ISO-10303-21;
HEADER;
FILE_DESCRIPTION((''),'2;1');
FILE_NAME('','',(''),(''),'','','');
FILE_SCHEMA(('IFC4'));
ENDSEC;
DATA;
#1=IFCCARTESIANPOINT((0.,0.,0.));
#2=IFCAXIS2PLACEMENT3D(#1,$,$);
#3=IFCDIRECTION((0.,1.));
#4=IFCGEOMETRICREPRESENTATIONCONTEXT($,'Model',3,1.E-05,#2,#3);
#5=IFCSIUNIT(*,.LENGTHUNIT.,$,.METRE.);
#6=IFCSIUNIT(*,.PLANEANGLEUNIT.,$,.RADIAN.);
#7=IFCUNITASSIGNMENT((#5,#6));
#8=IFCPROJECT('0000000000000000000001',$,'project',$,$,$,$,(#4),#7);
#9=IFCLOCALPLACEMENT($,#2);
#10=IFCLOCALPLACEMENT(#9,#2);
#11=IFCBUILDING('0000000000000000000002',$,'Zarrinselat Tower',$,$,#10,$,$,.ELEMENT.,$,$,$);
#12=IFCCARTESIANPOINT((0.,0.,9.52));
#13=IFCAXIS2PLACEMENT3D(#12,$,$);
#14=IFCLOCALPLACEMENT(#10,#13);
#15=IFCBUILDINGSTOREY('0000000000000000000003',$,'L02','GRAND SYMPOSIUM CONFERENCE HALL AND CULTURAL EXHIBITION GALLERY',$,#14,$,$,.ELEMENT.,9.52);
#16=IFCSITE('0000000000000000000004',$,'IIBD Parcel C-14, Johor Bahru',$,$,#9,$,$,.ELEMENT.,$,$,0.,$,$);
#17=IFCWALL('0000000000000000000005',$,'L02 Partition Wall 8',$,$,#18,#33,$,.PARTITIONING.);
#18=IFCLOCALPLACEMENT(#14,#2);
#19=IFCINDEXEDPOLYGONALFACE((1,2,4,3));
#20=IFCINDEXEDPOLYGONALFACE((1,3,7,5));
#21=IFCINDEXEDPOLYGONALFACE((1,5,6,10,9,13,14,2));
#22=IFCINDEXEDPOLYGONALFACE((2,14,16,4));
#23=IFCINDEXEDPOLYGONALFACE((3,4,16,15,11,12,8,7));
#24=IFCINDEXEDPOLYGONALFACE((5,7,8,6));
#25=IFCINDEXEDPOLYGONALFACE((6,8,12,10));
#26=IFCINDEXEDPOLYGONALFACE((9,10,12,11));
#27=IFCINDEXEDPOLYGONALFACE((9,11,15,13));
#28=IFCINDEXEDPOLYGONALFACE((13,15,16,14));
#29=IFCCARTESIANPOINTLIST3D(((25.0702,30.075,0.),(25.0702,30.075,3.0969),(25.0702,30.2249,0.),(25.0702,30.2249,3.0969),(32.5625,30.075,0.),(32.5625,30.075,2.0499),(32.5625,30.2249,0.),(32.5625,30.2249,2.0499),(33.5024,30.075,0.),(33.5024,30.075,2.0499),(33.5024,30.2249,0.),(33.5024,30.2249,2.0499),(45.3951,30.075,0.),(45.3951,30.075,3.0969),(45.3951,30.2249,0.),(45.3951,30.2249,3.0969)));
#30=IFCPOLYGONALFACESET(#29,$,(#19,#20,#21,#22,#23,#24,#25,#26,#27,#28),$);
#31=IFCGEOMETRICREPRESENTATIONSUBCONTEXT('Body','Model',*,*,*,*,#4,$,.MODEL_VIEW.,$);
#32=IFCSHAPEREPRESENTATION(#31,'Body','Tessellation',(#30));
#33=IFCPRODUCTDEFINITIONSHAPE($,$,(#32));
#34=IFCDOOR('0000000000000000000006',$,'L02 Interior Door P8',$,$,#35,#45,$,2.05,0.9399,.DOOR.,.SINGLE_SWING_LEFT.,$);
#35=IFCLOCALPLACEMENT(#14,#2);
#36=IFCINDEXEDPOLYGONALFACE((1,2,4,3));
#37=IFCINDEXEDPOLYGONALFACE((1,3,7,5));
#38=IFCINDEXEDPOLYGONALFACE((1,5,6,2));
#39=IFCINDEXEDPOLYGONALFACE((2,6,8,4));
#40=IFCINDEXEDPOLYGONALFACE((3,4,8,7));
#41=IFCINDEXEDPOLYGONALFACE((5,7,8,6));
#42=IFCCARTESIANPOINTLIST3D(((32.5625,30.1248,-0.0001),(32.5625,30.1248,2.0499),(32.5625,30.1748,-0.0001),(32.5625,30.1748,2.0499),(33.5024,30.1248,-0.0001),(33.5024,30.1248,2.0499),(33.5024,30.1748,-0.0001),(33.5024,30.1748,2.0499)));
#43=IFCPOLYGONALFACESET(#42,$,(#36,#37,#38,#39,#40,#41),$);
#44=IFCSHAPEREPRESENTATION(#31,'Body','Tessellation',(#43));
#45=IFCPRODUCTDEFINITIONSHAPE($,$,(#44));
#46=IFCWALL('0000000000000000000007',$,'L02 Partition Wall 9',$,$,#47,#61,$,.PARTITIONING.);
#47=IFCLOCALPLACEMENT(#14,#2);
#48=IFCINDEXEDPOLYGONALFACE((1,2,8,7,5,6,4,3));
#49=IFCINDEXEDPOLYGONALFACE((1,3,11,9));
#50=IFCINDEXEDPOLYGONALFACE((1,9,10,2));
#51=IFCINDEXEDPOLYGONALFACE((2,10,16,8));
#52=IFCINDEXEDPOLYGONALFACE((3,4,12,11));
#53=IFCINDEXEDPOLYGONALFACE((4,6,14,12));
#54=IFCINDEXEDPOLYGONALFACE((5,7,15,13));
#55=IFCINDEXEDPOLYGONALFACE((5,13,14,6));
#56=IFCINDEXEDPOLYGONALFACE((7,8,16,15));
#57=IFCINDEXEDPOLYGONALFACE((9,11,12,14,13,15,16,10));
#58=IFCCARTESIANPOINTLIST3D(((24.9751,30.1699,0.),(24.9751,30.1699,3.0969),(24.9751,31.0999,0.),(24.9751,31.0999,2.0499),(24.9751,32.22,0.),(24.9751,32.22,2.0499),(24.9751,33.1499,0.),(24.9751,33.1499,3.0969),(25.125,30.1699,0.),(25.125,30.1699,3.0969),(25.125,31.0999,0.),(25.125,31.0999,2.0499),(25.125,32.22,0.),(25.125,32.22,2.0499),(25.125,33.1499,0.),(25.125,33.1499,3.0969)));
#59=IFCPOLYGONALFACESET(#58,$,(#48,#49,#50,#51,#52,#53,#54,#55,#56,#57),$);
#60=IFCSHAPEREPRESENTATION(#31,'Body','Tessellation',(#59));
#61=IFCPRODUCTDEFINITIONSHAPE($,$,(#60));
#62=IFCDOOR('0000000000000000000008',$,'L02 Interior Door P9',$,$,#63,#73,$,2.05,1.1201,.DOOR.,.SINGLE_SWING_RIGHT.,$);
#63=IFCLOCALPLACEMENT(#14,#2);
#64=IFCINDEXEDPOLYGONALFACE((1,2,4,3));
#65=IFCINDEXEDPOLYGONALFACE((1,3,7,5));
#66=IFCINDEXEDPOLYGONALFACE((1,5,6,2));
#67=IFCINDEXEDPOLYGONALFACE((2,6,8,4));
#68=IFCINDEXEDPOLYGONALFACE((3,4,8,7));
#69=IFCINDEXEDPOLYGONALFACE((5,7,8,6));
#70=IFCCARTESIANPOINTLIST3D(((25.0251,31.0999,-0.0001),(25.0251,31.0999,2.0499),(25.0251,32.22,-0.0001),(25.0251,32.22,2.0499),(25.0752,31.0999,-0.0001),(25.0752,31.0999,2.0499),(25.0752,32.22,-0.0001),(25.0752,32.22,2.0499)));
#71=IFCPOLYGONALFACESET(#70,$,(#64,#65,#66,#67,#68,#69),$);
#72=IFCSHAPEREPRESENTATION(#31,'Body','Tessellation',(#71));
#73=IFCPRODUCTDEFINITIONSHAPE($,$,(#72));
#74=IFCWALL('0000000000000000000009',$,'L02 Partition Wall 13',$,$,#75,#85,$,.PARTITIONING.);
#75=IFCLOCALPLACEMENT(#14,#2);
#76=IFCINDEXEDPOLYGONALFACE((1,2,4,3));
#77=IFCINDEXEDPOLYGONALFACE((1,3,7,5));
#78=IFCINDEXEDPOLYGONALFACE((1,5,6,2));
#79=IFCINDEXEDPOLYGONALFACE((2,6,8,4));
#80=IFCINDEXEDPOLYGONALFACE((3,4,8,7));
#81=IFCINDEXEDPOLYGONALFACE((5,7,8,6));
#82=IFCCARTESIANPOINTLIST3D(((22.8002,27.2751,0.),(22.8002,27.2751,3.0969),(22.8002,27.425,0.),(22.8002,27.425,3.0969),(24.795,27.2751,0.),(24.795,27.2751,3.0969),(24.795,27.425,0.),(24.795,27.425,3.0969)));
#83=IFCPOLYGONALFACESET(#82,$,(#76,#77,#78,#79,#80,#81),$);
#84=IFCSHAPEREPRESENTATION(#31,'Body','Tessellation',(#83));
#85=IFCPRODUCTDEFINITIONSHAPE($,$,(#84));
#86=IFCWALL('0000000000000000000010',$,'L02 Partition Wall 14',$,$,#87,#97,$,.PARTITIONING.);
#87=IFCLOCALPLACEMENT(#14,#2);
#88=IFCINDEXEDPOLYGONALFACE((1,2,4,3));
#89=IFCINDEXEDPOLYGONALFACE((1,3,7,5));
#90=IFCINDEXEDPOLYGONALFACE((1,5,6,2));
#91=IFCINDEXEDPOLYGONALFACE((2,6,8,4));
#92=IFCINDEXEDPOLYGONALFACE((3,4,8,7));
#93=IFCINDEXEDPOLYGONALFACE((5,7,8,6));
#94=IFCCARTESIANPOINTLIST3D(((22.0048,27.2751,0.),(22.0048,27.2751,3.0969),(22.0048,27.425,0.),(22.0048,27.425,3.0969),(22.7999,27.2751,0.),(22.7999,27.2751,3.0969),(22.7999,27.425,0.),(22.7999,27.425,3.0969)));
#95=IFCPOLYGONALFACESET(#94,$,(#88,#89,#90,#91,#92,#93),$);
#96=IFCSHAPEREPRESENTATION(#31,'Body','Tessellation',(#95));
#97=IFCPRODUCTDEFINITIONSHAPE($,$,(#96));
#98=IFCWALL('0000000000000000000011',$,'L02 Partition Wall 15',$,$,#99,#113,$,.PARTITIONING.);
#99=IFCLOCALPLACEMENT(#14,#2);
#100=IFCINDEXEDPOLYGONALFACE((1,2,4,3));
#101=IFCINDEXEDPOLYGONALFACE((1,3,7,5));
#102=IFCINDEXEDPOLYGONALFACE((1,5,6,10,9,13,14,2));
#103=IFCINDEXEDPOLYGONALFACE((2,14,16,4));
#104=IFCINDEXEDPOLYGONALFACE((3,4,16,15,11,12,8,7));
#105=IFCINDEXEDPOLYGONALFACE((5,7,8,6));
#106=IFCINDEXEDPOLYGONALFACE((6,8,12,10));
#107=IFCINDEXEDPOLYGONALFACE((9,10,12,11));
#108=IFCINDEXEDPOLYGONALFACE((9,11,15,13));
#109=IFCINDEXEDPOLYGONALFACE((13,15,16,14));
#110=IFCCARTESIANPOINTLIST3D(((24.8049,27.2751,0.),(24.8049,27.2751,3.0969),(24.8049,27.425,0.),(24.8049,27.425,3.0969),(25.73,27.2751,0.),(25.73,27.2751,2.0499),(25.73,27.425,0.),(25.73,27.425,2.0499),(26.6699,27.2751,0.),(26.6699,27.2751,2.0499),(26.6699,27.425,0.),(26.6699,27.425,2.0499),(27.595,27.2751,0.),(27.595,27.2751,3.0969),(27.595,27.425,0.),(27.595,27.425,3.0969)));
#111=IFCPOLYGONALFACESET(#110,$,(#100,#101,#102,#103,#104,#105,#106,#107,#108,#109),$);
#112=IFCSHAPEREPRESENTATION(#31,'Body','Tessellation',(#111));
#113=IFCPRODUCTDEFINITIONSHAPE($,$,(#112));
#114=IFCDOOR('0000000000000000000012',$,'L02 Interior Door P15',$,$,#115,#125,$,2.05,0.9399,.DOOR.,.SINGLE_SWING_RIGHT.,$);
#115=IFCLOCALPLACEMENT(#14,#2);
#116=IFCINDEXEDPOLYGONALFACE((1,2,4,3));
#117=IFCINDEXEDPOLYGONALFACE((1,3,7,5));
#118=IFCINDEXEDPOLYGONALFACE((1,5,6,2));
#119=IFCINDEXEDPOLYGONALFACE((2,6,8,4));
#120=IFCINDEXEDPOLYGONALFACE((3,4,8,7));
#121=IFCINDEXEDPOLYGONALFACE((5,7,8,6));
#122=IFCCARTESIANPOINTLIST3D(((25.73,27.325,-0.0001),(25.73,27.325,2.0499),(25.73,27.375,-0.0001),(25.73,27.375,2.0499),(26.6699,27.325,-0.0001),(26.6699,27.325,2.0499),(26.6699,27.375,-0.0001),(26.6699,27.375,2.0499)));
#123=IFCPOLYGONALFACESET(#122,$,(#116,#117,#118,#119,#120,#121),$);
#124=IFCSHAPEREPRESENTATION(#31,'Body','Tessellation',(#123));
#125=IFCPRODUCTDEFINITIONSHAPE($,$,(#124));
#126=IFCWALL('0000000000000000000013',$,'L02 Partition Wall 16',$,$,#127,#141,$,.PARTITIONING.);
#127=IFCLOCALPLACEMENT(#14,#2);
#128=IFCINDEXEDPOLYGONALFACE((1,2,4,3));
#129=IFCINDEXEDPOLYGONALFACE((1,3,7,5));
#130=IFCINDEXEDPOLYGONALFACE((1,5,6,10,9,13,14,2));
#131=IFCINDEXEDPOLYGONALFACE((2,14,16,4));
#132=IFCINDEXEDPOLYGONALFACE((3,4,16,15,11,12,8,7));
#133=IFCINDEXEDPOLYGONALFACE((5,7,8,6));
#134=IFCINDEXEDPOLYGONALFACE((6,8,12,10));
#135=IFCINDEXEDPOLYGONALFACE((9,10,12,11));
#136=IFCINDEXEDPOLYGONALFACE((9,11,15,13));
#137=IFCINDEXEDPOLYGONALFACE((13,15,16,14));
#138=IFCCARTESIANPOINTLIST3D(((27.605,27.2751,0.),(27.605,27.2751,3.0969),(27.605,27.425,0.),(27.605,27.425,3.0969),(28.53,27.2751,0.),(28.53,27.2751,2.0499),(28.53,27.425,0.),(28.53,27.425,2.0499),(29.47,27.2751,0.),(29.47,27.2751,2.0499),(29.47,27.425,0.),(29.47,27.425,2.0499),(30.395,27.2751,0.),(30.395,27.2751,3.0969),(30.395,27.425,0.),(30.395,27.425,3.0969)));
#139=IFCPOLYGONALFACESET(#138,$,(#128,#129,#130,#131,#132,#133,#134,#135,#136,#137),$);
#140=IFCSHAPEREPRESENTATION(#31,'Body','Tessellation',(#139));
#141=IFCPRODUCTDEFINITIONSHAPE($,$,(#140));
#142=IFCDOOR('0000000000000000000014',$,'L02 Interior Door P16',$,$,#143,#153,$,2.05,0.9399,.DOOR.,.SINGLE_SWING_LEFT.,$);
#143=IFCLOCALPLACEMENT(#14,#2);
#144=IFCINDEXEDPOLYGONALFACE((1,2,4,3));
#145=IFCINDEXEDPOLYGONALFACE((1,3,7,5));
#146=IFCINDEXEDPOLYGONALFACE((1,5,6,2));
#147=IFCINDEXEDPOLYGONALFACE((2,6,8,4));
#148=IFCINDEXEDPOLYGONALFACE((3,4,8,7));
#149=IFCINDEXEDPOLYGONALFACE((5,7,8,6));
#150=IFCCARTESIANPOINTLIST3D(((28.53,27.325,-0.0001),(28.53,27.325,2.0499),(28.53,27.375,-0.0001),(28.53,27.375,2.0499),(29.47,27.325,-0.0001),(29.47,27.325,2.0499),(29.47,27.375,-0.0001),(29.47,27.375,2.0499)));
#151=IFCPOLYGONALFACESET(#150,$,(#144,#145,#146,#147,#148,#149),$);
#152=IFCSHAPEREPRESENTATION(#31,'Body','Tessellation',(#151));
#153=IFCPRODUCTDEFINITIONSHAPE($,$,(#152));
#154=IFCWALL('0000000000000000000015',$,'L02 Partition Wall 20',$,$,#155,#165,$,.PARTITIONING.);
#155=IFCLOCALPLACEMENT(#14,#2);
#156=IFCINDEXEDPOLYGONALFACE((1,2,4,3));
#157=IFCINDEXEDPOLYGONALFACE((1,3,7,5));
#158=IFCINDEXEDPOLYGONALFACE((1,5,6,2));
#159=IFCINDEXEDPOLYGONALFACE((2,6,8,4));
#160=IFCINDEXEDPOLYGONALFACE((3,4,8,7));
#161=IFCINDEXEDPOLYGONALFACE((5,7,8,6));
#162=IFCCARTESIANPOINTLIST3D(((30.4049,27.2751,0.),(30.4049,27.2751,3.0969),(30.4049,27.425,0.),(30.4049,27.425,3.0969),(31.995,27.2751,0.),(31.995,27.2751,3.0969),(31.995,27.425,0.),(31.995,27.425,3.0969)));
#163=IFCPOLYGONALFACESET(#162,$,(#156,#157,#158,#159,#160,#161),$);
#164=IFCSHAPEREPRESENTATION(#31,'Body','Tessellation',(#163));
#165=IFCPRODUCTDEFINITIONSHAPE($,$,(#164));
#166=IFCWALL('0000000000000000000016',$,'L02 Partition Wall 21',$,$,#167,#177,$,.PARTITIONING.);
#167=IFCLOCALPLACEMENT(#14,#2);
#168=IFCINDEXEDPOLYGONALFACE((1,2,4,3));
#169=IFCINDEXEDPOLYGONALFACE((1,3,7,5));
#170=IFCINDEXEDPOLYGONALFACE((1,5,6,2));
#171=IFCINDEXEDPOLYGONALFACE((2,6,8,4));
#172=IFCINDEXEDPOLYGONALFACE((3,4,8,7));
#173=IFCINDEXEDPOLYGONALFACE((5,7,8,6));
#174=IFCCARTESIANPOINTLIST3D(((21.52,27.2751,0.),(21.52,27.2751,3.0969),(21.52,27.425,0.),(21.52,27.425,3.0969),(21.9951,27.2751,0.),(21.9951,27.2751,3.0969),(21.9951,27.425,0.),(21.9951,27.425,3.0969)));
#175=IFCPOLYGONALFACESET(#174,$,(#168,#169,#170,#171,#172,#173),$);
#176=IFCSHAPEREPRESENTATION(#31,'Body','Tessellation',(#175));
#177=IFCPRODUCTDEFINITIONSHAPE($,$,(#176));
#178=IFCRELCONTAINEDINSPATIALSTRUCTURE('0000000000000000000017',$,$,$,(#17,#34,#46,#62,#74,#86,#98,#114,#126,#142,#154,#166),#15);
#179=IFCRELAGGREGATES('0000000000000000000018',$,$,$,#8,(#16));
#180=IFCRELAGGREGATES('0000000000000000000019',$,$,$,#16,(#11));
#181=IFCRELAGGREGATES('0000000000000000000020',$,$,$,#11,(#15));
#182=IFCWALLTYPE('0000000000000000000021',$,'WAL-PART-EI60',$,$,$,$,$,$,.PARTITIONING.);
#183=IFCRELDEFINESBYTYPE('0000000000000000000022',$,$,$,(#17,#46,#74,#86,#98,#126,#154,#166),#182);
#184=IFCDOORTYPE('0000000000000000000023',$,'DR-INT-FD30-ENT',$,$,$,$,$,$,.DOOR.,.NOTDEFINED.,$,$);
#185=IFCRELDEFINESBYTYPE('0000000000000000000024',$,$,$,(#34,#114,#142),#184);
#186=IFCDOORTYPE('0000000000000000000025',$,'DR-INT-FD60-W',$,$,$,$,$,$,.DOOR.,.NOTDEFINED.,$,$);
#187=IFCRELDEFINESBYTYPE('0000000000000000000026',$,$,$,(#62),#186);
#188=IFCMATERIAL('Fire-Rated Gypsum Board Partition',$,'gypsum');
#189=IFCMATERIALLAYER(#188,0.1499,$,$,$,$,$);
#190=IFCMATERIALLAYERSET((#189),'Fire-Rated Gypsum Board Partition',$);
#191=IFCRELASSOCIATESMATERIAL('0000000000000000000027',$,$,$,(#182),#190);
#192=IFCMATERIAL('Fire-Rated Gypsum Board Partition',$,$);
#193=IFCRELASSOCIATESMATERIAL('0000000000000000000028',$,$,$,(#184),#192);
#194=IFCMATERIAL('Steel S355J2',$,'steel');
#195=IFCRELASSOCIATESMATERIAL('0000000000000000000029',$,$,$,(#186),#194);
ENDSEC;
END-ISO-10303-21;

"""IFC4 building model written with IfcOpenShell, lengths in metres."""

from ifc_helpers import new_model, si_unit, direction, frame, frame_2d, origin, place, context, subcontext, project, spatial, rectangle, extrude, material, layer, layer_set, type_object, element, fill, save


model = new_model("IFC4")

# Units and contexts
model_context = context("Model", 3, precision=1e-05, world=origin(), true_north=direction((0.0, 1.0)))
body_context = subcontext(model_context, "Body", "Model", "MODEL_VIEW")
ifc_project = project(units=[si_unit("LENGTHUNIT", "METRE"), si_unit("PLANEANGLEUNIT", "RADIAN")], contexts=[model_context])

# Site, building, storey
site_placement = place(None, origin())
site = spatial("IfcSite", under=ifc_project, at=site_placement, Name="IIBD Parcel C-14, Johor Bahru", CompositionType="ELEMENT", RefElevation=0.0)
building_placement = place(site_placement, origin())
building = spatial("IfcBuilding", under=site, at=building_placement, Name="Zarrinselat Tower", CompositionType="ELEMENT")
storey_placement = place(building_placement, frame((0.0, 0.0, 9.52)))
storey = spatial("IfcBuildingStorey", under=building, at=storey_placement, Name="L02", Description="GRAND SYMPOSIUM CONFERENCE HALL AND CULTURAL EXHIBITION GALLERY", CompositionType="ELEMENT", Elevation=9.52)

# Walls, openings, doors
ifc_material_1 = material(Name="Fire-Rated Gypsum Board Partition", Category="gypsum")
ifc_layer_1 = layer(ifc_material_1, 0.1499)
ifc_layer_set_1 = layer_set([ifc_layer_1], Name="Fire-Rated Gypsum Board Partition")
wall_type_1 = type_object("IfcWallType", Name="WAL-PART-EI60", PredefinedType="PARTITIONING", material=ifc_layer_set_1)
wall_1_placement = place(storey_placement, frame((25.0701, 30.1499, 0.0), z_axis=(0.0, 0.0, 1.0), x_axis=(1.0, 0.0, 0.0)))
wall_1 = element("IfcWall", 1, at=wall_1_placement, inside=storey, type_object=wall_type_1, Name="L02 Partition Wall 8", PredefinedType="PARTITIONING", context=body_context, shape_type="SweptSolid", body=[
    extrude(rectangle(XDim=20.325, YDim=0.1499, at=frame_2d((10.1626, 0.0))), origin(), (0.0, 0.0, 1.0), 3.0969),
])
opening_1_placement = place(wall_1_placement, frame((7.4924, 0.0, 0.0)))
opening_1 = element("IfcOpeningElement", 2, at=opening_1_placement, cuts=wall_1, PredefinedType="OPENING", context=body_context, shape_type="SweptSolid", body=[
    extrude(rectangle(XDim=0.9399, YDim=2.05, at=frame_2d((0.47, 1.0249))), frame((0.0, 0.085, 0.0), z_axis=(0.0, -1.0, 0.0), x_axis=(1.0, 0.0, 0.0)), (0.0, 0.0, 1.0), 0.1699),
])
ifc_material_2 = material(Name="Fire-Rated Gypsum Board Partition")
door_type_1 = type_object("IfcDoorType", Name="DR-INT-FD30-ENT", OperationType="NOTDEFINED", PredefinedType="DOOR", material=ifc_material_2)
door_1_placement = place(opening_1_placement, origin())
door_1 = element("IfcDoor", 3, at=door_1_placement, inside=storey, type_object=door_type_1, Name="L02 Interior Door P8", OperationType="SINGLE_SWING_LEFT", OverallHeight=2.05, OverallWidth=0.9399, PredefinedType="DOOR", context=body_context, shape_type="SweptSolid", body=[
    extrude(rectangle(XDim=0.9399, YDim=2.05, at=frame_2d((0.47, 1.0249))), frame((0.0, 0.0249, 0.0), z_axis=(0.0, -1.0, 0.0), x_axis=(1.0, 0.0, 0.0)), (0.0, 0.0, 1.0), 0.05),
])
fill(opening_1, door_1)
wall_2_placement = place(storey_placement, frame((25.05, 30.1699, 0.0), z_axis=(0.0, 0.0, 1.0), x_axis=(0.0, 1.0, 0.0)))
wall_2 = element("IfcWall", 4, at=wall_2_placement, inside=storey, type_object=wall_type_1, Name="L02 Partition Wall 9", PredefinedType="PARTITIONING", context=body_context, shape_type="SweptSolid", body=[
    extrude(rectangle(XDim=2.98, YDim=0.1499, at=frame_2d((1.49, 0.0))), origin(), (0.0, 0.0, 1.0), 3.0969),
])
opening_2_placement = place(wall_2_placement, frame((0.9299, 0.0, 0.0)))
opening_2 = element("IfcOpeningElement", 5, at=opening_2_placement, cuts=wall_2, PredefinedType="OPENING", context=body_context, shape_type="SweptSolid", body=[
    extrude(rectangle(XDim=1.1201, YDim=2.05, at=frame_2d((0.5601, 1.0249))), frame((0.0, 0.085, 0.0), z_axis=(0.0, -1.0, 0.0), x_axis=(1.0, 0.0, 0.0)), (0.0, 0.0, 1.0), 0.1699),
])
ifc_material_3 = material(Name="Steel S355J2", Category="steel")
door_type_2 = type_object("IfcDoorType", Name="DR-INT-FD60-W", OperationType="NOTDEFINED", PredefinedType="DOOR", material=ifc_material_3)
door_2_placement = place(opening_2_placement, origin())
door_2 = element("IfcDoor", 6, at=door_2_placement, inside=storey, type_object=door_type_2, Name="L02 Interior Door P9", OperationType="SINGLE_SWING_RIGHT", OverallHeight=2.05, OverallWidth=1.1201, PredefinedType="DOOR", context=body_context, shape_type="SweptSolid", body=[
    extrude(rectangle(XDim=1.1201, YDim=2.05, at=frame_2d((0.5601, 1.0249))), frame((0.0, 0.0249, 0.0), z_axis=(0.0, -1.0, 0.0), x_axis=(1.0, 0.0, 0.0)), (0.0, 0.0, 1.0), 0.05),
])
fill(opening_2, door_2)

# Walls
wall_3_placement = place(storey_placement, frame((22.8, 27.3501, 0.0), z_axis=(0.0, 0.0, 1.0), x_axis=(1.0, 0.0, 0.0)))
element("IfcWall", 7, at=wall_3_placement, inside=storey, type_object=wall_type_1, Name="L02 Partition Wall 13", PredefinedType="PARTITIONING", context=body_context, shape_type="SweptSolid", body=[
    extrude(rectangle(XDim=1.9949, YDim=0.1499, at=frame_2d((0.9976, 0.0))), origin(), (0.0, 0.0, 1.0), 3.0969),
])
wall_4_placement = place(storey_placement, frame((22.0049, 27.3501, 0.0), z_axis=(0.0, 0.0, 1.0), x_axis=(1.0, 0.0, 0.0)))
element("IfcWall", 8, at=wall_4_placement, inside=storey, type_object=wall_type_1, Name="L02 Partition Wall 14", PredefinedType="PARTITIONING", context=body_context, shape_type="SweptSolid", body=[
    extrude(rectangle(XDim=0.7952, YDim=0.1499, at=frame_2d((0.3975, 0.0))), origin(), (0.0, 0.0, 1.0), 3.0969),
])

# Walls, openings, doors
wall_5_placement = place(storey_placement, frame((24.8049, 27.3501, 0.0), z_axis=(0.0, 0.0, 1.0), x_axis=(1.0, 0.0, 0.0)))
wall_5 = element("IfcWall", 9, at=wall_5_placement, inside=storey, type_object=wall_type_1, Name="L02 Partition Wall 15", PredefinedType="PARTITIONING", context=body_context, shape_type="SweptSolid", body=[
    extrude(rectangle(XDim=2.79, YDim=0.1499, at=frame_2d((1.395, 0.0))), origin(), (0.0, 0.0, 1.0), 3.0969),
])
opening_3_placement = place(wall_5_placement, frame((0.925, 0.0, 0.0)))
opening_3 = element("IfcOpeningElement", 10, at=opening_3_placement, cuts=wall_5, PredefinedType="OPENING", context=body_context, shape_type="SweptSolid", body=[
    extrude(rectangle(XDim=0.9399, YDim=2.05, at=frame_2d((0.47, 1.0249))), frame((0.0, 0.085, 0.0), z_axis=(0.0, -1.0, 0.0), x_axis=(1.0, 0.0, 0.0)), (0.0, 0.0, 1.0), 0.1699),
])
door_3_placement = place(opening_3_placement, origin())
door_3 = element("IfcDoor", 11, at=door_3_placement, inside=storey, type_object=door_type_1, Name="L02 Interior Door P15", OperationType="SINGLE_SWING_RIGHT", OverallHeight=2.05, OverallWidth=0.9399, PredefinedType="DOOR", context=body_context, shape_type="SweptSolid", body=[
    extrude(rectangle(XDim=0.9399, YDim=2.05, at=frame_2d((0.47, 1.0249))), frame((0.0, 0.0249, 0.0), z_axis=(0.0, -1.0, 0.0), x_axis=(1.0, 0.0, 0.0)), (0.0, 0.0, 1.0), 0.05),
])
fill(opening_3, door_3)
wall_6_placement = place(storey_placement, frame((27.605, 27.3501, 0.0), z_axis=(0.0, 0.0, 1.0), x_axis=(1.0, 0.0, 0.0)))
wall_6 = element("IfcWall", 12, at=wall_6_placement, inside=storey, type_object=wall_type_1, Name="L02 Partition Wall 16", PredefinedType="PARTITIONING", context=body_context, shape_type="SweptSolid", body=[
    extrude(rectangle(XDim=2.79, YDim=0.1499, at=frame_2d((1.395, 0.0))), origin(), (0.0, 0.0, 1.0), 3.0969),
])
opening_4_placement = place(wall_6_placement, frame((0.925, 0.0, 0.0)))
opening_4 = element("IfcOpeningElement", 13, at=opening_4_placement, cuts=wall_6, PredefinedType="OPENING", context=body_context, shape_type="SweptSolid", body=[
    extrude(rectangle(XDim=0.9399, YDim=2.05, at=frame_2d((0.47, 1.0249))), frame((0.0, 0.085, 0.0), z_axis=(0.0, -1.0, 0.0), x_axis=(1.0, 0.0, 0.0)), (0.0, 0.0, 1.0), 0.1699),
])
door_4_placement = place(opening_4_placement, origin())
door_4 = element("IfcDoor", 14, at=door_4_placement, inside=storey, type_object=door_type_1, Name="L02 Interior Door P16", OperationType="SINGLE_SWING_LEFT", OverallHeight=2.05, OverallWidth=0.9399, PredefinedType="DOOR", context=body_context, shape_type="SweptSolid", body=[
    extrude(rectangle(XDim=0.9399, YDim=2.05, at=frame_2d((0.47, 1.0249))), frame((0.0, 0.0249, 0.0), z_axis=(0.0, -1.0, 0.0), x_axis=(1.0, 0.0, 0.0)), (0.0, 0.0, 1.0), 0.05),
])
fill(opening_4, door_4)

# Walls
wall_7_placement = place(storey_placement, frame((30.405, 27.3501, 0.0), z_axis=(0.0, 0.0, 1.0), x_axis=(1.0, 0.0, 0.0)))
element("IfcWall", 15, at=wall_7_placement, inside=storey, type_object=wall_type_1, Name="L02 Partition Wall 20", PredefinedType="PARTITIONING", context=body_context, shape_type="SweptSolid", body=[
    extrude(rectangle(XDim=1.5901, YDim=0.1499, at=frame_2d((0.7949, 0.0))), origin(), (0.0, 0.0, 1.0), 3.0969),
])
wall_8_placement = place(storey_placement, frame((21.52, 27.3501, 0.0), z_axis=(0.0, 0.0, 1.0), x_axis=(1.0, 0.0, 0.0)))
element("IfcWall", 16, at=wall_8_placement, inside=storey, type_object=wall_type_1, Name="L02 Partition Wall 21", PredefinedType="PARTITIONING", context=body_context, shape_type="SweptSolid", body=[
    extrude(rectangle(XDim=0.4751, YDim=0.1499, at=frame_2d((0.2375, 0.0))), origin(), (0.0, 0.0, 1.0), 3.0969),
])

save(model, "model.ifc")
